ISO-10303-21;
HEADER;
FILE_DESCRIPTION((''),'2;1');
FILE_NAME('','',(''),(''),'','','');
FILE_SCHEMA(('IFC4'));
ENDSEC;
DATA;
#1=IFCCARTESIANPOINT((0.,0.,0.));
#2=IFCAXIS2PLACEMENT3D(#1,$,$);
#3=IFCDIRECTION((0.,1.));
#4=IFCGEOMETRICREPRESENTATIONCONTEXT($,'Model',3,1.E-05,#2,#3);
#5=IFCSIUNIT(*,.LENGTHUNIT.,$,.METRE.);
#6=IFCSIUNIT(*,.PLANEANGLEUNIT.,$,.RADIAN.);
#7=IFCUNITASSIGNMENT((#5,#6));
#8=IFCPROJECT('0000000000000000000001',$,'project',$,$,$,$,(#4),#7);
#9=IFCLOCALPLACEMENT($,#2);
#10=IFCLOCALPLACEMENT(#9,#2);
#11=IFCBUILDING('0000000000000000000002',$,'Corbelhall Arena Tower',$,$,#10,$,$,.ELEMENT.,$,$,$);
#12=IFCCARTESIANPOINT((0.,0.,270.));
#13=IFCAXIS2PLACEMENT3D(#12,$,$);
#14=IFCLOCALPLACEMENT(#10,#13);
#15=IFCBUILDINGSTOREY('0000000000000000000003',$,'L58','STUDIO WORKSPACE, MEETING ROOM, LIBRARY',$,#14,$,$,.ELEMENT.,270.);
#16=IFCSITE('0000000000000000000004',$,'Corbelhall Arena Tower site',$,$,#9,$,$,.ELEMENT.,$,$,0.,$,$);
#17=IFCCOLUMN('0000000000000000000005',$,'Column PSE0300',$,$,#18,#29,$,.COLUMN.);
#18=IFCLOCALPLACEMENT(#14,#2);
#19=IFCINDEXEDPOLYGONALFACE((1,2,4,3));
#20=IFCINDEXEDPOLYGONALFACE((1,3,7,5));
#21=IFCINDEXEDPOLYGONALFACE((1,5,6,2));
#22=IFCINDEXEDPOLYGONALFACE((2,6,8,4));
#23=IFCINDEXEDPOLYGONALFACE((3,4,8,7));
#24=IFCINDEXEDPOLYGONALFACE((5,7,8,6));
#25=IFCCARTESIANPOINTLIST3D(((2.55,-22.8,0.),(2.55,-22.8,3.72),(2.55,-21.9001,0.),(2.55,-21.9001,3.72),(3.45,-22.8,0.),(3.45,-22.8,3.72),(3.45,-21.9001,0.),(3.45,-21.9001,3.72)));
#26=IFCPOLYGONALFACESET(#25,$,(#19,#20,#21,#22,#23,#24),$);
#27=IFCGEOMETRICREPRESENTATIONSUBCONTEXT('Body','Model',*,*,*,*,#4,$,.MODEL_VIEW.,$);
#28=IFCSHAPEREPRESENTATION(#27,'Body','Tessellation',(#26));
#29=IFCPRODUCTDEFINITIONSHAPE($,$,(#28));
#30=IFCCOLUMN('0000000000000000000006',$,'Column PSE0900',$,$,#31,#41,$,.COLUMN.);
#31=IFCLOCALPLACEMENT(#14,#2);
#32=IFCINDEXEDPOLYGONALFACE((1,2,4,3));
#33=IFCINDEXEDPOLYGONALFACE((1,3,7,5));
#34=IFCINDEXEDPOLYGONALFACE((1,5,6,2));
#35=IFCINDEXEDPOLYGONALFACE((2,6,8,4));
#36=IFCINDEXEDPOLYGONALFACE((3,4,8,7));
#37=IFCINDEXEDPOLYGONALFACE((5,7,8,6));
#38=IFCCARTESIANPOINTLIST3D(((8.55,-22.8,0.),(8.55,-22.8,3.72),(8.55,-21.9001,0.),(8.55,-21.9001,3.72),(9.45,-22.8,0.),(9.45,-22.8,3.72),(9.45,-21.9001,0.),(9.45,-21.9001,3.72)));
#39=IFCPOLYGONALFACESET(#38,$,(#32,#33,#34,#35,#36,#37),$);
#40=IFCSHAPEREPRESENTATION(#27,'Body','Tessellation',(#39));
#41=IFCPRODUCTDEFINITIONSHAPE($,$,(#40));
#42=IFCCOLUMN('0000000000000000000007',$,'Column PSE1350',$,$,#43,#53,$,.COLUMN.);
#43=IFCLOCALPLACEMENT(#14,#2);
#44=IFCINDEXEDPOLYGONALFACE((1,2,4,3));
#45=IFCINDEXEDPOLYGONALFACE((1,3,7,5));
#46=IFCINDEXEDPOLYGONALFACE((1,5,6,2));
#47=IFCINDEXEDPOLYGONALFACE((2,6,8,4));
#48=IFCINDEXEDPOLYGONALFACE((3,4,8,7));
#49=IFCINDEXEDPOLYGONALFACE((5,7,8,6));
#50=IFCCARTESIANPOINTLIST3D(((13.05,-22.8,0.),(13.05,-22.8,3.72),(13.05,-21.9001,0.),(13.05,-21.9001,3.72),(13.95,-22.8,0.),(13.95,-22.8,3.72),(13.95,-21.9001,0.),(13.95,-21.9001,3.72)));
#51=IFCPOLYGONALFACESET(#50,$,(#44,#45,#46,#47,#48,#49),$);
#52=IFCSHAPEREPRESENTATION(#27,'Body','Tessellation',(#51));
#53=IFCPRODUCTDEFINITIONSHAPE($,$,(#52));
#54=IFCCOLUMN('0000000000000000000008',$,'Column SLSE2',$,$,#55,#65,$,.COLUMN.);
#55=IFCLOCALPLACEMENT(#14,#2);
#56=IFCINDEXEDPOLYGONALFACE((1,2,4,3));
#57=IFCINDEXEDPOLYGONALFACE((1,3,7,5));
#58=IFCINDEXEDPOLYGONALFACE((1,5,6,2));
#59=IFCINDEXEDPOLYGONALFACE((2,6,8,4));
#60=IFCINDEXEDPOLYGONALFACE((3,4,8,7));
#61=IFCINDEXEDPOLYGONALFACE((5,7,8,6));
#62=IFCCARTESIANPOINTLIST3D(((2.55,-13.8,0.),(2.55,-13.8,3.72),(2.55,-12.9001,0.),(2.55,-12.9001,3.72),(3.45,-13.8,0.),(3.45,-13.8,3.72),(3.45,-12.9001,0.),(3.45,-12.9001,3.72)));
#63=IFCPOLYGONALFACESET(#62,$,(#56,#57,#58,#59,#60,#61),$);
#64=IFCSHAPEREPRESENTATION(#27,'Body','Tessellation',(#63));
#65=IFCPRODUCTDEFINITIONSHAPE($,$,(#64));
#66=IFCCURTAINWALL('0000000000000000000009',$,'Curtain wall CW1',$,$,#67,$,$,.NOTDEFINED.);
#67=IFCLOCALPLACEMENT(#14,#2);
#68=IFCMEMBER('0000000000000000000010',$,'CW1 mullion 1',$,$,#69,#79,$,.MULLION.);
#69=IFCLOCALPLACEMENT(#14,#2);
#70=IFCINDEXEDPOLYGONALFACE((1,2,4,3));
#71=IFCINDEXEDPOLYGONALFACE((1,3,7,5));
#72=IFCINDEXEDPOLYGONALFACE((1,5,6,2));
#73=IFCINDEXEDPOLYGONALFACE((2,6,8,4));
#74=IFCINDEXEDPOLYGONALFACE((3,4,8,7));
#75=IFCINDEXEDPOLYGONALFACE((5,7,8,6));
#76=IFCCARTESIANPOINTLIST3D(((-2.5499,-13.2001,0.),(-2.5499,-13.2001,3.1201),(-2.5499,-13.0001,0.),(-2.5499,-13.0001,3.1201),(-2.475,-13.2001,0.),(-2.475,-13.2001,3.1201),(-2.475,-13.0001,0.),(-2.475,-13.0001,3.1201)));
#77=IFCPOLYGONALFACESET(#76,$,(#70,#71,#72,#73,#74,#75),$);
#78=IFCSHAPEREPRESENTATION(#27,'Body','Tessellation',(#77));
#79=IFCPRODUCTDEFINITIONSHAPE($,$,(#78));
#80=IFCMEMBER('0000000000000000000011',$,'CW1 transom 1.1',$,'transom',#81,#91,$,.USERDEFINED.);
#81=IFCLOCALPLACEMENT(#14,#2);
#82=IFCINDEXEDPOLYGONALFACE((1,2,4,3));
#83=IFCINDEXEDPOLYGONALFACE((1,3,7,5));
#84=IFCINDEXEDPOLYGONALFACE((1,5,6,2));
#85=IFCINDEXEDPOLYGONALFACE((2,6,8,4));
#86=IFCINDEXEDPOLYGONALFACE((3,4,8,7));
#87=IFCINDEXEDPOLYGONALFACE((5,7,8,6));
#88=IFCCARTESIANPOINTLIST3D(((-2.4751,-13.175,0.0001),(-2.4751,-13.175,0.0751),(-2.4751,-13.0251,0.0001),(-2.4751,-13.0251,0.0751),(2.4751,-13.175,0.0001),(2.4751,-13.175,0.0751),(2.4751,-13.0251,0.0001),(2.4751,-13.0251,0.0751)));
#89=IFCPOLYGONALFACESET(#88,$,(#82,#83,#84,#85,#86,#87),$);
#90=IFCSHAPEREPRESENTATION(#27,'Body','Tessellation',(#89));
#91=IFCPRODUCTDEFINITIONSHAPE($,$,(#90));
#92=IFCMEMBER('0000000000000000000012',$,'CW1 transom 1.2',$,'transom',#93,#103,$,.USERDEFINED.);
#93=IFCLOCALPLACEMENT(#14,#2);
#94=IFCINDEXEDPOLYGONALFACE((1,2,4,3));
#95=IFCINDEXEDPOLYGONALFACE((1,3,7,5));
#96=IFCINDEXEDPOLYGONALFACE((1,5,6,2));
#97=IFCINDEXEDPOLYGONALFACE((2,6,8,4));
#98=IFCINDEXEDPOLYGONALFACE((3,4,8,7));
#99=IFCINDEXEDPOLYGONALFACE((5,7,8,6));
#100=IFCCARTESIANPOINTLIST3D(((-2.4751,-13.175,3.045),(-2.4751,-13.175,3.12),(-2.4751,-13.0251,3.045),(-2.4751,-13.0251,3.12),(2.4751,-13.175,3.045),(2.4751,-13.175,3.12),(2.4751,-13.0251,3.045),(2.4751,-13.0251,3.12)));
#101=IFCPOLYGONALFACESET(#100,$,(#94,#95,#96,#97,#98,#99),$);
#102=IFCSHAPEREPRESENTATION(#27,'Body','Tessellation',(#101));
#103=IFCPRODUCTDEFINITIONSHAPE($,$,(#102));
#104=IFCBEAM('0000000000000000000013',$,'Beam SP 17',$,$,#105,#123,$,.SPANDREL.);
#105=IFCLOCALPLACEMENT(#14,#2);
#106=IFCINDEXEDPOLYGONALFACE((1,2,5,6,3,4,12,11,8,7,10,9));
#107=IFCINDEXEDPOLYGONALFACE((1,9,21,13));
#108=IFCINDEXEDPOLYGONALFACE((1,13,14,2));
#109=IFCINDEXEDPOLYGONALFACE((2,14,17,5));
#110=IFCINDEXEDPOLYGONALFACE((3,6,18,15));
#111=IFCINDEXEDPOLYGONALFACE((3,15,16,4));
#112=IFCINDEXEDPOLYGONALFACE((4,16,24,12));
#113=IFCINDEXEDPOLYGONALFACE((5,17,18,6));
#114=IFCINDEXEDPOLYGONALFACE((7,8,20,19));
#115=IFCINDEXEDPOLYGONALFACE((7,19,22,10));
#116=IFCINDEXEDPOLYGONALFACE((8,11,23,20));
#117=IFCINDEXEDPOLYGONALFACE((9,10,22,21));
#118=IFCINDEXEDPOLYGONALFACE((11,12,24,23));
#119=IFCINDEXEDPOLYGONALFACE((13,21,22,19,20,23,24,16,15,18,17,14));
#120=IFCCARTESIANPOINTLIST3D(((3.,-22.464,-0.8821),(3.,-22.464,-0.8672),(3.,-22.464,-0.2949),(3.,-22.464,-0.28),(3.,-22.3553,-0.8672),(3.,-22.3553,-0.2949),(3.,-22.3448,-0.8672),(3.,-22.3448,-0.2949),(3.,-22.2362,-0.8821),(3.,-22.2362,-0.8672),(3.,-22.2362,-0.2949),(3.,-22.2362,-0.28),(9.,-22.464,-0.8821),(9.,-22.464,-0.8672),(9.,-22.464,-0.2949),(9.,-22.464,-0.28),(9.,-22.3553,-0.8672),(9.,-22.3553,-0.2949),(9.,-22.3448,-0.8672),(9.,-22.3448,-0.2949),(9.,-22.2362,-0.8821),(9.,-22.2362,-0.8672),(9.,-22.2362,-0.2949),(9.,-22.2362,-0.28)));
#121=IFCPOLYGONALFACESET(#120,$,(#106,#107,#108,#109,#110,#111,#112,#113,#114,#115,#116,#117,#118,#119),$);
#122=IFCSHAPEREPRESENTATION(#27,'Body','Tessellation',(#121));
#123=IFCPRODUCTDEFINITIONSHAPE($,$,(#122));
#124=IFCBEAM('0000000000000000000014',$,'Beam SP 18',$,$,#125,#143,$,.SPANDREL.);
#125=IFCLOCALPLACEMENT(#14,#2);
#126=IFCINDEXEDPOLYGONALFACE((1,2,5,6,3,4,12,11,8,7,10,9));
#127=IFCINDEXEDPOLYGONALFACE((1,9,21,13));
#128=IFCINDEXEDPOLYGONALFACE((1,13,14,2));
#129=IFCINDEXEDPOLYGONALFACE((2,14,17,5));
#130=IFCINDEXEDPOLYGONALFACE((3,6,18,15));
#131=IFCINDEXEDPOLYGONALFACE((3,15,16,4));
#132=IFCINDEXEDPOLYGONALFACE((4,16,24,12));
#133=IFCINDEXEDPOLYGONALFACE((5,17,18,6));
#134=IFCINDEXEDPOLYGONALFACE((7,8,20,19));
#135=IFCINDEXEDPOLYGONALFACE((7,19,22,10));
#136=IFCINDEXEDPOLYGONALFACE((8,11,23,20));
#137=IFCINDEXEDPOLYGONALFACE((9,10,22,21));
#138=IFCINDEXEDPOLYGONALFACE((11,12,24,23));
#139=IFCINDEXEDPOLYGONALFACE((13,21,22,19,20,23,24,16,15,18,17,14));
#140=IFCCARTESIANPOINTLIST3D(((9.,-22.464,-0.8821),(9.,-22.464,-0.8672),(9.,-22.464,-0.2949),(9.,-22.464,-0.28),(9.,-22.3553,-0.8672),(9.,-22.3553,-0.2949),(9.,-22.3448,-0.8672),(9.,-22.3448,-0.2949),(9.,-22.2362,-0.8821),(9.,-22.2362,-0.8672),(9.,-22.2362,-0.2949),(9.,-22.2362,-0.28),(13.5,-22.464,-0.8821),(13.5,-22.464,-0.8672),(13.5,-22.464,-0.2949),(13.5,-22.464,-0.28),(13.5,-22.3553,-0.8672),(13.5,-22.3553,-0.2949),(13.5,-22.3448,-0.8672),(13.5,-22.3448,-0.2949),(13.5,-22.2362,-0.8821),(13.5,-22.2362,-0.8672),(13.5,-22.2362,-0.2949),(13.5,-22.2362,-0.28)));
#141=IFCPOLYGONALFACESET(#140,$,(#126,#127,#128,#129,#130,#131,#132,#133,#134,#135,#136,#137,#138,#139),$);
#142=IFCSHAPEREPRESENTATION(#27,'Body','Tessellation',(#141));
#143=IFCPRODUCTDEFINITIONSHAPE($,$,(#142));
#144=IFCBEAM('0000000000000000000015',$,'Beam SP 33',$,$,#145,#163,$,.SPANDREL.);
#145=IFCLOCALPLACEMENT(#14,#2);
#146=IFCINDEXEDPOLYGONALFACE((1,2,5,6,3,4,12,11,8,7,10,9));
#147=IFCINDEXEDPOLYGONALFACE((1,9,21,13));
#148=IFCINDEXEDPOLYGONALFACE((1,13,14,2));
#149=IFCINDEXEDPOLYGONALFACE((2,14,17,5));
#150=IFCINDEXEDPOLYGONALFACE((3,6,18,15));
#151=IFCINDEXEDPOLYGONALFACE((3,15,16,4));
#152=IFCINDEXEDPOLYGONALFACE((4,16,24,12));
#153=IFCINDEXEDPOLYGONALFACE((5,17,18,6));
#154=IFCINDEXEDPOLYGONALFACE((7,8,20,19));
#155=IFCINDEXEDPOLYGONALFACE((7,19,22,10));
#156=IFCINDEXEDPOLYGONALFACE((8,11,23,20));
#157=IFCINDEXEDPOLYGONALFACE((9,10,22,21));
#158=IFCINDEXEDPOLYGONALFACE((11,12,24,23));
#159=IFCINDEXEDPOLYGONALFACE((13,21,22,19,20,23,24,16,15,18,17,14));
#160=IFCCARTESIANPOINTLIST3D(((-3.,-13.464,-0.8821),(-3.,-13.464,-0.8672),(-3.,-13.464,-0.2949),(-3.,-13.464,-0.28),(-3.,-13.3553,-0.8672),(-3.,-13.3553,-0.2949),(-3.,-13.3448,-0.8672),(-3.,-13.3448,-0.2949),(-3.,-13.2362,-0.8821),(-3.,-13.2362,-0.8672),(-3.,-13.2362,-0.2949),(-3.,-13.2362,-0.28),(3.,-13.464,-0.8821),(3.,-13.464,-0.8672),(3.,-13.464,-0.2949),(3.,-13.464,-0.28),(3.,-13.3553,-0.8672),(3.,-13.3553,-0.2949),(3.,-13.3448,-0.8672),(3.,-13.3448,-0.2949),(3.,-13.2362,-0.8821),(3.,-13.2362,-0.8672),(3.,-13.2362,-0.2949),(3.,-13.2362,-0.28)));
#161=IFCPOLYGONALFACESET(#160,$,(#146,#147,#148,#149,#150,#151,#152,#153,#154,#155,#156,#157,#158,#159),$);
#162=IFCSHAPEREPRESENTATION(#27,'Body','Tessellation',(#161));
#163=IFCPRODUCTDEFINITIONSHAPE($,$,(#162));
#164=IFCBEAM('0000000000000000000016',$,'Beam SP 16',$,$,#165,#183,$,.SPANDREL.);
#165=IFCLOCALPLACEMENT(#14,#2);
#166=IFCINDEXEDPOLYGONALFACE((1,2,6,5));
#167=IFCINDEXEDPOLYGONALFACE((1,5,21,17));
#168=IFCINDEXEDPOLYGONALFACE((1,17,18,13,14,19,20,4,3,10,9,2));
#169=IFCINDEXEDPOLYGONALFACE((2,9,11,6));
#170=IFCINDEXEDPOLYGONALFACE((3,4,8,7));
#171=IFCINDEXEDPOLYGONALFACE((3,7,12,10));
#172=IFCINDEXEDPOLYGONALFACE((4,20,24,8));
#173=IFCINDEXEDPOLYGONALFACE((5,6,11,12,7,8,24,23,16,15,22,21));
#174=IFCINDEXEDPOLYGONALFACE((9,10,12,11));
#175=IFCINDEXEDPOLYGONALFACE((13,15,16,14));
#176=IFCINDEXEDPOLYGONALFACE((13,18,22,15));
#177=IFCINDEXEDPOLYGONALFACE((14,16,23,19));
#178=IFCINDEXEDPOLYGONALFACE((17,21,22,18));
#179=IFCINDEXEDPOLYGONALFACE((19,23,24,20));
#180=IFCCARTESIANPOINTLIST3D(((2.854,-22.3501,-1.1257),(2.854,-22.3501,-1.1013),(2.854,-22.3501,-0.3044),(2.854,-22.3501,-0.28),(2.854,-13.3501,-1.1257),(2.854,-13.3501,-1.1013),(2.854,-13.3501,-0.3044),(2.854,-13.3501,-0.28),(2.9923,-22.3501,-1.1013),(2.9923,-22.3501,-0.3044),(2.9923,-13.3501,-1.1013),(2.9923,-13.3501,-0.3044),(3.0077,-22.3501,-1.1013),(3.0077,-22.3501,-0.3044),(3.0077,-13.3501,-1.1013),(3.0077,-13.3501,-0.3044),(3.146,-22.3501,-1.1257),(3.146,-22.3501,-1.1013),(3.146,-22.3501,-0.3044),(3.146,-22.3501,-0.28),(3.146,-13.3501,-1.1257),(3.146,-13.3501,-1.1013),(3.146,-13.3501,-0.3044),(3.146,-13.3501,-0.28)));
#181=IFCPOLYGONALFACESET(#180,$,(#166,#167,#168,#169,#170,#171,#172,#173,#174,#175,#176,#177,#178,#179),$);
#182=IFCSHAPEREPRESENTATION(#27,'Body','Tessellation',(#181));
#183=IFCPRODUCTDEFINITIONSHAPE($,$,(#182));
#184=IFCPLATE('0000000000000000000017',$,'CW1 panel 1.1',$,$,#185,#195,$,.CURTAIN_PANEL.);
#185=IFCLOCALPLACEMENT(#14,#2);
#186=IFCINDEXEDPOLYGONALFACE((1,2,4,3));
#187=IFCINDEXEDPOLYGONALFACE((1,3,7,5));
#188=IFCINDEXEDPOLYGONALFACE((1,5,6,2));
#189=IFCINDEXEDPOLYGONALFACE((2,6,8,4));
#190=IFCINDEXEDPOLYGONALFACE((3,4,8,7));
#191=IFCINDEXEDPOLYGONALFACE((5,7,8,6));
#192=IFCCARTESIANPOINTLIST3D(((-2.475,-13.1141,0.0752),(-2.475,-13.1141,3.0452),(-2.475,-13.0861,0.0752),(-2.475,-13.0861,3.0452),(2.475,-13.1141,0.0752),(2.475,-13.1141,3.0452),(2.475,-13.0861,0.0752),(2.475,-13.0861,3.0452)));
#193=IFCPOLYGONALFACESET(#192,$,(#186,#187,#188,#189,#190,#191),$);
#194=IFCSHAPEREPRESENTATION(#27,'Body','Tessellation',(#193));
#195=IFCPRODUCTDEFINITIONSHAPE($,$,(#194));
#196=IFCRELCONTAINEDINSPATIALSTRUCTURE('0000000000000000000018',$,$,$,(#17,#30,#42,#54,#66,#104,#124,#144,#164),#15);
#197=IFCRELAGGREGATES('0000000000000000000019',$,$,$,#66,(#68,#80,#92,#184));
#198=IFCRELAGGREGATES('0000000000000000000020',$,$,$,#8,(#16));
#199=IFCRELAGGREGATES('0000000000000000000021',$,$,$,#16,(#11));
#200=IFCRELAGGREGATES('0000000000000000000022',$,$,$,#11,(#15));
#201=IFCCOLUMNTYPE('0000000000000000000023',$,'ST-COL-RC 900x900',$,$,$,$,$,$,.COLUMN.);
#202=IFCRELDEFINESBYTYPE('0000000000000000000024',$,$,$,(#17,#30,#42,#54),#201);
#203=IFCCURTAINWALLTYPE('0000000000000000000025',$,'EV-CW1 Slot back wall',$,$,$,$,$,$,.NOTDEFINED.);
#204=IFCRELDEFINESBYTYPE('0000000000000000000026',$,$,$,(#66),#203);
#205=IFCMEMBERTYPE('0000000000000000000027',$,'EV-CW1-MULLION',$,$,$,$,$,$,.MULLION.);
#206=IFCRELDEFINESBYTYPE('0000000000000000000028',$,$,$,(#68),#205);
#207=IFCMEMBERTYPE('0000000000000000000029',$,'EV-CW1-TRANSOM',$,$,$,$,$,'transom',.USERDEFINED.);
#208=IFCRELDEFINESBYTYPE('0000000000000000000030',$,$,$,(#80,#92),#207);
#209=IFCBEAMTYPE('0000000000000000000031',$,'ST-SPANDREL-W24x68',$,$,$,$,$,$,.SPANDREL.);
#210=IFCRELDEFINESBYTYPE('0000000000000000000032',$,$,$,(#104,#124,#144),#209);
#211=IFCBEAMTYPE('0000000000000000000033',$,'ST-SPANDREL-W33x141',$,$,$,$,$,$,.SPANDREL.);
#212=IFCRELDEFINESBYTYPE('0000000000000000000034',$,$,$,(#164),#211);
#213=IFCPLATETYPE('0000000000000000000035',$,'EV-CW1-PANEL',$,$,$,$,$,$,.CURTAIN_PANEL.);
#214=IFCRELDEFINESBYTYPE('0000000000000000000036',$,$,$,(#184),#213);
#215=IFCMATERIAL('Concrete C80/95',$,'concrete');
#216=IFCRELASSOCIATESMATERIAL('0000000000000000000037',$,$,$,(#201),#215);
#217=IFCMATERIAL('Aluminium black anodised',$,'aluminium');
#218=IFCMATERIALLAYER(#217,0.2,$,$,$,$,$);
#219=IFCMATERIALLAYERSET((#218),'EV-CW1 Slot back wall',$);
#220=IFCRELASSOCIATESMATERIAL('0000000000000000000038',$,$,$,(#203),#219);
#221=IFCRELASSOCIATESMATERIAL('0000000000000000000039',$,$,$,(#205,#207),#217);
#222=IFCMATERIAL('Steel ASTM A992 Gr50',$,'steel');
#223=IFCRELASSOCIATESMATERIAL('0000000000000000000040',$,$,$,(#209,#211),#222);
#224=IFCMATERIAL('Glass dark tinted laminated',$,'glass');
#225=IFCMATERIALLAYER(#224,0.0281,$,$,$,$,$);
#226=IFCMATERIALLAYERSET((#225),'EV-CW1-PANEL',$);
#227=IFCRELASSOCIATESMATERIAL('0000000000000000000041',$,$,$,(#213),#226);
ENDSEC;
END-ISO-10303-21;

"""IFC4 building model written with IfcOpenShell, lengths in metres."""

from ifc_helpers import new_model, si_unit, direction, frame, origin, origin_2d, place, context, subcontext, project, spatial, rectangle, i_section, extrude, material, layer, layer_set, material_profile, profile_set, type_object, element, aggregate, save


model = new_model("IFC4")

# Units and contexts
model_context = context("Model", 3, precision=1e-05, world=origin(), true_north=direction((0.0, 1.0)))
body_context = subcontext(model_context, "Body", "Model", "MODEL_VIEW")
ifc_project = project(units=[si_unit("LENGTHUNIT", "METRE"), si_unit("PLANEANGLEUNIT", "RADIAN")], contexts=[model_context])

# Site, building, storey
site_placement = place(None, origin())
site = spatial("IfcSite", under=ifc_project, at=site_placement, Name="Corbelhall Arena Tower site", CompositionType="ELEMENT", RefElevation=0.0)
building_placement = place(site_placement, origin())
building = spatial("IfcBuilding", under=site, at=building_placement, Name="Corbelhall Arena Tower", CompositionType="ELEMENT")
storey_placement = place(building_placement, frame((0.0, 0.0, 270.0)))
storey = spatial("IfcBuildingStorey", under=building, at=storey_placement, Name="L58", Description="STUDIO WORKSPACE, MEETING ROOM, LIBRARY", CompositionType="ELEMENT", Elevation=270.0)

# Columns
ifc_material_1 = material(Name="Concrete C80/95", Category="concrete")
ifc_material_profile_1 = material_profile(ifc_material_1, rectangle(XDim=0.8999, YDim=0.8999, at=origin_2d()))
ifc_profile_set_1 = profile_set([ifc_material_profile_1], Name="Concrete C80/95")
column_type = type_object("IfcColumnType", Name="ST-COL-RC 900x900", PredefinedType="COLUMN", material=ifc_profile_set_1)
for number, where, z_axis, x_axis, name in (
    (1, (3.0, -22.3501, 0.0), (0.0, 0.0, 1.0), (1.0, 0.0, 0.0), "Column PSE0300"),
    (2, (9.0, -22.3501, 0.0), (0.0, 0.0, 1.0), (1.0, 0.0, 0.0), "Column PSE0900"),
    (3, (13.5, -22.3501, 0.0), (0.0, 0.0, 1.0), (1.0, 0.0, 0.0), "Column PSE1350"),
    (4, (3.0, -13.3501, 0.0), (0.0, 0.0, 1.0), (1.0, 0.0, 0.0), "Column SLSE2"),
):
    element("IfcColumn", number, at=place(storey_placement, frame(where, z_axis=z_axis, x_axis=x_axis)), inside=storey, type_object=column_type, Name=name, PredefinedType="COLUMN", context=body_context, shape_type="SweptSolid", body=[
        extrude(rectangle(XDim=0.8999, YDim=0.8999, at=origin_2d()), origin(), (0.0, 0.0, 1.0), 3.72),
    ])

# Curtain wall, members
ifc_material_2 = material(Name="Aluminium black anodised", Category="aluminium")
ifc_layer_1 = layer(ifc_material_2, 0.2)
ifc_layer_set_1 = layer_set([ifc_layer_1], Name="EV-CW1 Slot back wall")
curtain_wall_type = type_object("IfcCurtainWallType", Name="EV-CW1 Slot back wall", PredefinedType="NOTDEFINED", material=ifc_layer_set_1)
curtain_wall_placement = place(storey_placement, origin())
curtain_wall = element("IfcCurtainWall", 5, at=curtain_wall_placement, inside=storey, type_object=curtain_wall_type, Name="Curtain wall CW1", PredefinedType="NOTDEFINED")
ifc_material_profile_2 = material_profile(ifc_material_2, rectangle(XDim=0.2, YDim=0.075, at=origin_2d()))
ifc_profile_set_2 = profile_set([ifc_material_profile_2], Name="Aluminium black anodised")
member_type_1 = type_object("IfcMemberType", Name="EV-CW1-MULLION", PredefinedType="MULLION", material=ifc_profile_set_2)
member_1_placement = place(storey_placement, frame((-2.5125, -13.1001, 0.0), z_axis=(0.0, 0.0, 1.0), x_axis=(0.0, 1.0, 0.0)))
member_1 = element("IfcMember", 6, at=member_1_placement, type_object=member_type_1, Name="CW1 mullion 1", PredefinedType="MULLION", context=body_context, shape_type="SweptSolid", body=[
    extrude(rectangle(XDim=0.2, YDim=0.075, at=origin_2d()), origin(), (0.0, 0.0, 1.0), 3.1201),
])
ifc_material_profile_3 = material_profile(ifc_material_2, rectangle(XDim=0.1499, YDim=0.075, at=origin_2d()))
ifc_profile_set_3 = profile_set([ifc_material_profile_3], Name="Aluminium black anodised")
member_type_2 = type_object("IfcMemberType", Name="EV-CW1-TRANSOM", ElementType="transom", PredefinedType="USERDEFINED", material=ifc_profile_set_3)
member_2_placement = place(storey_placement, frame((-2.4751, -13.1001, 0.0376), z_axis=(1.0, 0.0, 0.0), x_axis=(0.0, 1.0, 0.0)))
member_2 = element("IfcMember", 7, at=member_2_placement, type_object=member_type_2, Name="CW1 transom 1.1", ObjectType="transom", PredefinedType="USERDEFINED", context=body_context, shape_type="SweptSolid", body=[
    extrude(rectangle(XDim=0.1499, YDim=0.075, at=origin_2d()), origin(), (0.0, 0.0, 1.0), 4.9502),
])
member_3_placement = place(storey_placement, frame((-2.4751, -13.1001, 3.0825), z_axis=(1.0, 0.0, 0.0), x_axis=(0.0, 1.0, 0.0)))
member_3 = element("IfcMember", 8, at=member_3_placement, type_object=member_type_2, Name="CW1 transom 1.2", ObjectType="transom", PredefinedType="USERDEFINED", context=body_context, shape_type="SweptSolid", body=[
    extrude(rectangle(XDim=0.1499, YDim=0.075, at=origin_2d()), origin(), (0.0, 0.0, 1.0), 4.9502),
])

# Beams
ifc_material_3 = material(Name="Steel ASTM A992 Gr50", Category="steel")
ifc_material_profile_4 = material_profile(ifc_material_3, i_section(OverallWidth=0.2278, OverallDepth=0.6021, WebThickness=0.0105, FlangeThickness=0.0149, at=origin_2d()))
ifc_profile_set_4 = profile_set([ifc_material_profile_4], Name="Steel ASTM A992 Gr50")
beam_type_1 = type_object("IfcBeamType", Name="ST-SPANDREL-W24x68", PredefinedType="SPANDREL", material=ifc_profile_set_4)
beam_1_placement = place(storey_placement, frame((9.0, -22.3501, -0.5811), z_axis=(-1.0, 0.0, 0.0), x_axis=(0.0, -1.0, 0.0)))
element("IfcBeam", 9, at=beam_1_placement, inside=storey, type_object=beam_type_1, Name="Beam SP 17", PredefinedType="SPANDREL", context=body_context, shape_type="SweptSolid", body=[
    extrude(i_section(OverallWidth=0.2278, OverallDepth=0.6021, WebThickness=0.0105, FlangeThickness=0.0149, at=origin_2d()), origin(), (0.0, 0.0, 1.0), 6.0),
])
beam_2_placement = place(storey_placement, frame((13.5, -22.3501, -0.5811), z_axis=(-1.0, 0.0, 0.0), x_axis=(0.0, -1.0, 0.0)))
element("IfcBeam", 10, at=beam_2_placement, inside=storey, type_object=beam_type_1, Name="Beam SP 18", PredefinedType="SPANDREL", context=body_context, shape_type="SweptSolid", body=[
    extrude(i_section(OverallWidth=0.2278, OverallDepth=0.6021, WebThickness=0.0105, FlangeThickness=0.0149, at=origin_2d()), origin(), (0.0, 0.0, 1.0), 4.5),
])
beam_3_placement = place(storey_placement, frame((3.0, -13.3501, -0.5811), z_axis=(-1.0, 0.0, 0.0), x_axis=(0.0, -1.0, 0.0)))
element("IfcBeam", 11, at=beam_3_placement, inside=storey, type_object=beam_type_1, Name="Beam SP 33", PredefinedType="SPANDREL", context=body_context, shape_type="SweptSolid", body=[
    extrude(i_section(OverallWidth=0.2278, OverallDepth=0.6021, WebThickness=0.0105, FlangeThickness=0.0149, at=origin_2d()), origin(), (0.0, 0.0, 1.0), 6.0),
])
ifc_material_profile_5 = material_profile(ifc_material_3, i_section(OverallWidth=0.292, OverallDepth=0.8457, WebThickness=0.0154, FlangeThickness=0.0244, at=origin_2d()))
ifc_profile_set_5 = profile_set([ifc_material_profile_5], Name="Steel ASTM A992 Gr50")
beam_type_2 = type_object("IfcBeamType", Name="ST-SPANDREL-W33x141", PredefinedType="SPANDREL", material=ifc_profile_set_5)
beam_4_placement = place(storey_placement, frame((3.0, -22.3501, -0.7029), z_axis=(0.0, 1.0, 0.0), x_axis=(-1.0, 0.0, 0.0)))
element("IfcBeam", 12, at=beam_4_placement, inside=storey, type_object=beam_type_2, Name="Beam SP 16", PredefinedType="SPANDREL", context=body_context, shape_type="SweptSolid", body=[
    extrude(i_section(OverallWidth=0.292, OverallDepth=0.8457, WebThickness=0.0154, FlangeThickness=0.0244, at=origin_2d()), origin(), (0.0, 0.0, 1.0), 9.0),
])

# Plate
ifc_material_4 = material(Name="Glass dark tinted laminated", Category="glass")
ifc_layer_2 = layer(ifc_material_4, 0.0281)
ifc_layer_set_2 = layer_set([ifc_layer_2], Name="EV-CW1-PANEL")
plate_type = type_object("IfcPlateType", Name="EV-CW1-PANEL", PredefinedType="CURTAIN_PANEL", material=ifc_layer_set_2)
plate_placement = place(storey_placement, frame((0.0, -13.1001, 0.0752), z_axis=(0.0, 0.0, 1.0), x_axis=(1.0, 0.0, 0.0)))
plate = element("IfcPlate", 13, at=plate_placement, type_object=plate_type, Name="CW1 panel 1.1", PredefinedType="CURTAIN_PANEL", context=body_context, shape_type="SweptSolid", body=[
    extrude(rectangle(XDim=4.95, YDim=0.0281, at=origin_2d()), origin(), (0.0, 0.0, 1.0), 2.97),
])
aggregate(curtain_wall, [member_1, member_2, member_3, plate])

save(model, "model.ifc")
